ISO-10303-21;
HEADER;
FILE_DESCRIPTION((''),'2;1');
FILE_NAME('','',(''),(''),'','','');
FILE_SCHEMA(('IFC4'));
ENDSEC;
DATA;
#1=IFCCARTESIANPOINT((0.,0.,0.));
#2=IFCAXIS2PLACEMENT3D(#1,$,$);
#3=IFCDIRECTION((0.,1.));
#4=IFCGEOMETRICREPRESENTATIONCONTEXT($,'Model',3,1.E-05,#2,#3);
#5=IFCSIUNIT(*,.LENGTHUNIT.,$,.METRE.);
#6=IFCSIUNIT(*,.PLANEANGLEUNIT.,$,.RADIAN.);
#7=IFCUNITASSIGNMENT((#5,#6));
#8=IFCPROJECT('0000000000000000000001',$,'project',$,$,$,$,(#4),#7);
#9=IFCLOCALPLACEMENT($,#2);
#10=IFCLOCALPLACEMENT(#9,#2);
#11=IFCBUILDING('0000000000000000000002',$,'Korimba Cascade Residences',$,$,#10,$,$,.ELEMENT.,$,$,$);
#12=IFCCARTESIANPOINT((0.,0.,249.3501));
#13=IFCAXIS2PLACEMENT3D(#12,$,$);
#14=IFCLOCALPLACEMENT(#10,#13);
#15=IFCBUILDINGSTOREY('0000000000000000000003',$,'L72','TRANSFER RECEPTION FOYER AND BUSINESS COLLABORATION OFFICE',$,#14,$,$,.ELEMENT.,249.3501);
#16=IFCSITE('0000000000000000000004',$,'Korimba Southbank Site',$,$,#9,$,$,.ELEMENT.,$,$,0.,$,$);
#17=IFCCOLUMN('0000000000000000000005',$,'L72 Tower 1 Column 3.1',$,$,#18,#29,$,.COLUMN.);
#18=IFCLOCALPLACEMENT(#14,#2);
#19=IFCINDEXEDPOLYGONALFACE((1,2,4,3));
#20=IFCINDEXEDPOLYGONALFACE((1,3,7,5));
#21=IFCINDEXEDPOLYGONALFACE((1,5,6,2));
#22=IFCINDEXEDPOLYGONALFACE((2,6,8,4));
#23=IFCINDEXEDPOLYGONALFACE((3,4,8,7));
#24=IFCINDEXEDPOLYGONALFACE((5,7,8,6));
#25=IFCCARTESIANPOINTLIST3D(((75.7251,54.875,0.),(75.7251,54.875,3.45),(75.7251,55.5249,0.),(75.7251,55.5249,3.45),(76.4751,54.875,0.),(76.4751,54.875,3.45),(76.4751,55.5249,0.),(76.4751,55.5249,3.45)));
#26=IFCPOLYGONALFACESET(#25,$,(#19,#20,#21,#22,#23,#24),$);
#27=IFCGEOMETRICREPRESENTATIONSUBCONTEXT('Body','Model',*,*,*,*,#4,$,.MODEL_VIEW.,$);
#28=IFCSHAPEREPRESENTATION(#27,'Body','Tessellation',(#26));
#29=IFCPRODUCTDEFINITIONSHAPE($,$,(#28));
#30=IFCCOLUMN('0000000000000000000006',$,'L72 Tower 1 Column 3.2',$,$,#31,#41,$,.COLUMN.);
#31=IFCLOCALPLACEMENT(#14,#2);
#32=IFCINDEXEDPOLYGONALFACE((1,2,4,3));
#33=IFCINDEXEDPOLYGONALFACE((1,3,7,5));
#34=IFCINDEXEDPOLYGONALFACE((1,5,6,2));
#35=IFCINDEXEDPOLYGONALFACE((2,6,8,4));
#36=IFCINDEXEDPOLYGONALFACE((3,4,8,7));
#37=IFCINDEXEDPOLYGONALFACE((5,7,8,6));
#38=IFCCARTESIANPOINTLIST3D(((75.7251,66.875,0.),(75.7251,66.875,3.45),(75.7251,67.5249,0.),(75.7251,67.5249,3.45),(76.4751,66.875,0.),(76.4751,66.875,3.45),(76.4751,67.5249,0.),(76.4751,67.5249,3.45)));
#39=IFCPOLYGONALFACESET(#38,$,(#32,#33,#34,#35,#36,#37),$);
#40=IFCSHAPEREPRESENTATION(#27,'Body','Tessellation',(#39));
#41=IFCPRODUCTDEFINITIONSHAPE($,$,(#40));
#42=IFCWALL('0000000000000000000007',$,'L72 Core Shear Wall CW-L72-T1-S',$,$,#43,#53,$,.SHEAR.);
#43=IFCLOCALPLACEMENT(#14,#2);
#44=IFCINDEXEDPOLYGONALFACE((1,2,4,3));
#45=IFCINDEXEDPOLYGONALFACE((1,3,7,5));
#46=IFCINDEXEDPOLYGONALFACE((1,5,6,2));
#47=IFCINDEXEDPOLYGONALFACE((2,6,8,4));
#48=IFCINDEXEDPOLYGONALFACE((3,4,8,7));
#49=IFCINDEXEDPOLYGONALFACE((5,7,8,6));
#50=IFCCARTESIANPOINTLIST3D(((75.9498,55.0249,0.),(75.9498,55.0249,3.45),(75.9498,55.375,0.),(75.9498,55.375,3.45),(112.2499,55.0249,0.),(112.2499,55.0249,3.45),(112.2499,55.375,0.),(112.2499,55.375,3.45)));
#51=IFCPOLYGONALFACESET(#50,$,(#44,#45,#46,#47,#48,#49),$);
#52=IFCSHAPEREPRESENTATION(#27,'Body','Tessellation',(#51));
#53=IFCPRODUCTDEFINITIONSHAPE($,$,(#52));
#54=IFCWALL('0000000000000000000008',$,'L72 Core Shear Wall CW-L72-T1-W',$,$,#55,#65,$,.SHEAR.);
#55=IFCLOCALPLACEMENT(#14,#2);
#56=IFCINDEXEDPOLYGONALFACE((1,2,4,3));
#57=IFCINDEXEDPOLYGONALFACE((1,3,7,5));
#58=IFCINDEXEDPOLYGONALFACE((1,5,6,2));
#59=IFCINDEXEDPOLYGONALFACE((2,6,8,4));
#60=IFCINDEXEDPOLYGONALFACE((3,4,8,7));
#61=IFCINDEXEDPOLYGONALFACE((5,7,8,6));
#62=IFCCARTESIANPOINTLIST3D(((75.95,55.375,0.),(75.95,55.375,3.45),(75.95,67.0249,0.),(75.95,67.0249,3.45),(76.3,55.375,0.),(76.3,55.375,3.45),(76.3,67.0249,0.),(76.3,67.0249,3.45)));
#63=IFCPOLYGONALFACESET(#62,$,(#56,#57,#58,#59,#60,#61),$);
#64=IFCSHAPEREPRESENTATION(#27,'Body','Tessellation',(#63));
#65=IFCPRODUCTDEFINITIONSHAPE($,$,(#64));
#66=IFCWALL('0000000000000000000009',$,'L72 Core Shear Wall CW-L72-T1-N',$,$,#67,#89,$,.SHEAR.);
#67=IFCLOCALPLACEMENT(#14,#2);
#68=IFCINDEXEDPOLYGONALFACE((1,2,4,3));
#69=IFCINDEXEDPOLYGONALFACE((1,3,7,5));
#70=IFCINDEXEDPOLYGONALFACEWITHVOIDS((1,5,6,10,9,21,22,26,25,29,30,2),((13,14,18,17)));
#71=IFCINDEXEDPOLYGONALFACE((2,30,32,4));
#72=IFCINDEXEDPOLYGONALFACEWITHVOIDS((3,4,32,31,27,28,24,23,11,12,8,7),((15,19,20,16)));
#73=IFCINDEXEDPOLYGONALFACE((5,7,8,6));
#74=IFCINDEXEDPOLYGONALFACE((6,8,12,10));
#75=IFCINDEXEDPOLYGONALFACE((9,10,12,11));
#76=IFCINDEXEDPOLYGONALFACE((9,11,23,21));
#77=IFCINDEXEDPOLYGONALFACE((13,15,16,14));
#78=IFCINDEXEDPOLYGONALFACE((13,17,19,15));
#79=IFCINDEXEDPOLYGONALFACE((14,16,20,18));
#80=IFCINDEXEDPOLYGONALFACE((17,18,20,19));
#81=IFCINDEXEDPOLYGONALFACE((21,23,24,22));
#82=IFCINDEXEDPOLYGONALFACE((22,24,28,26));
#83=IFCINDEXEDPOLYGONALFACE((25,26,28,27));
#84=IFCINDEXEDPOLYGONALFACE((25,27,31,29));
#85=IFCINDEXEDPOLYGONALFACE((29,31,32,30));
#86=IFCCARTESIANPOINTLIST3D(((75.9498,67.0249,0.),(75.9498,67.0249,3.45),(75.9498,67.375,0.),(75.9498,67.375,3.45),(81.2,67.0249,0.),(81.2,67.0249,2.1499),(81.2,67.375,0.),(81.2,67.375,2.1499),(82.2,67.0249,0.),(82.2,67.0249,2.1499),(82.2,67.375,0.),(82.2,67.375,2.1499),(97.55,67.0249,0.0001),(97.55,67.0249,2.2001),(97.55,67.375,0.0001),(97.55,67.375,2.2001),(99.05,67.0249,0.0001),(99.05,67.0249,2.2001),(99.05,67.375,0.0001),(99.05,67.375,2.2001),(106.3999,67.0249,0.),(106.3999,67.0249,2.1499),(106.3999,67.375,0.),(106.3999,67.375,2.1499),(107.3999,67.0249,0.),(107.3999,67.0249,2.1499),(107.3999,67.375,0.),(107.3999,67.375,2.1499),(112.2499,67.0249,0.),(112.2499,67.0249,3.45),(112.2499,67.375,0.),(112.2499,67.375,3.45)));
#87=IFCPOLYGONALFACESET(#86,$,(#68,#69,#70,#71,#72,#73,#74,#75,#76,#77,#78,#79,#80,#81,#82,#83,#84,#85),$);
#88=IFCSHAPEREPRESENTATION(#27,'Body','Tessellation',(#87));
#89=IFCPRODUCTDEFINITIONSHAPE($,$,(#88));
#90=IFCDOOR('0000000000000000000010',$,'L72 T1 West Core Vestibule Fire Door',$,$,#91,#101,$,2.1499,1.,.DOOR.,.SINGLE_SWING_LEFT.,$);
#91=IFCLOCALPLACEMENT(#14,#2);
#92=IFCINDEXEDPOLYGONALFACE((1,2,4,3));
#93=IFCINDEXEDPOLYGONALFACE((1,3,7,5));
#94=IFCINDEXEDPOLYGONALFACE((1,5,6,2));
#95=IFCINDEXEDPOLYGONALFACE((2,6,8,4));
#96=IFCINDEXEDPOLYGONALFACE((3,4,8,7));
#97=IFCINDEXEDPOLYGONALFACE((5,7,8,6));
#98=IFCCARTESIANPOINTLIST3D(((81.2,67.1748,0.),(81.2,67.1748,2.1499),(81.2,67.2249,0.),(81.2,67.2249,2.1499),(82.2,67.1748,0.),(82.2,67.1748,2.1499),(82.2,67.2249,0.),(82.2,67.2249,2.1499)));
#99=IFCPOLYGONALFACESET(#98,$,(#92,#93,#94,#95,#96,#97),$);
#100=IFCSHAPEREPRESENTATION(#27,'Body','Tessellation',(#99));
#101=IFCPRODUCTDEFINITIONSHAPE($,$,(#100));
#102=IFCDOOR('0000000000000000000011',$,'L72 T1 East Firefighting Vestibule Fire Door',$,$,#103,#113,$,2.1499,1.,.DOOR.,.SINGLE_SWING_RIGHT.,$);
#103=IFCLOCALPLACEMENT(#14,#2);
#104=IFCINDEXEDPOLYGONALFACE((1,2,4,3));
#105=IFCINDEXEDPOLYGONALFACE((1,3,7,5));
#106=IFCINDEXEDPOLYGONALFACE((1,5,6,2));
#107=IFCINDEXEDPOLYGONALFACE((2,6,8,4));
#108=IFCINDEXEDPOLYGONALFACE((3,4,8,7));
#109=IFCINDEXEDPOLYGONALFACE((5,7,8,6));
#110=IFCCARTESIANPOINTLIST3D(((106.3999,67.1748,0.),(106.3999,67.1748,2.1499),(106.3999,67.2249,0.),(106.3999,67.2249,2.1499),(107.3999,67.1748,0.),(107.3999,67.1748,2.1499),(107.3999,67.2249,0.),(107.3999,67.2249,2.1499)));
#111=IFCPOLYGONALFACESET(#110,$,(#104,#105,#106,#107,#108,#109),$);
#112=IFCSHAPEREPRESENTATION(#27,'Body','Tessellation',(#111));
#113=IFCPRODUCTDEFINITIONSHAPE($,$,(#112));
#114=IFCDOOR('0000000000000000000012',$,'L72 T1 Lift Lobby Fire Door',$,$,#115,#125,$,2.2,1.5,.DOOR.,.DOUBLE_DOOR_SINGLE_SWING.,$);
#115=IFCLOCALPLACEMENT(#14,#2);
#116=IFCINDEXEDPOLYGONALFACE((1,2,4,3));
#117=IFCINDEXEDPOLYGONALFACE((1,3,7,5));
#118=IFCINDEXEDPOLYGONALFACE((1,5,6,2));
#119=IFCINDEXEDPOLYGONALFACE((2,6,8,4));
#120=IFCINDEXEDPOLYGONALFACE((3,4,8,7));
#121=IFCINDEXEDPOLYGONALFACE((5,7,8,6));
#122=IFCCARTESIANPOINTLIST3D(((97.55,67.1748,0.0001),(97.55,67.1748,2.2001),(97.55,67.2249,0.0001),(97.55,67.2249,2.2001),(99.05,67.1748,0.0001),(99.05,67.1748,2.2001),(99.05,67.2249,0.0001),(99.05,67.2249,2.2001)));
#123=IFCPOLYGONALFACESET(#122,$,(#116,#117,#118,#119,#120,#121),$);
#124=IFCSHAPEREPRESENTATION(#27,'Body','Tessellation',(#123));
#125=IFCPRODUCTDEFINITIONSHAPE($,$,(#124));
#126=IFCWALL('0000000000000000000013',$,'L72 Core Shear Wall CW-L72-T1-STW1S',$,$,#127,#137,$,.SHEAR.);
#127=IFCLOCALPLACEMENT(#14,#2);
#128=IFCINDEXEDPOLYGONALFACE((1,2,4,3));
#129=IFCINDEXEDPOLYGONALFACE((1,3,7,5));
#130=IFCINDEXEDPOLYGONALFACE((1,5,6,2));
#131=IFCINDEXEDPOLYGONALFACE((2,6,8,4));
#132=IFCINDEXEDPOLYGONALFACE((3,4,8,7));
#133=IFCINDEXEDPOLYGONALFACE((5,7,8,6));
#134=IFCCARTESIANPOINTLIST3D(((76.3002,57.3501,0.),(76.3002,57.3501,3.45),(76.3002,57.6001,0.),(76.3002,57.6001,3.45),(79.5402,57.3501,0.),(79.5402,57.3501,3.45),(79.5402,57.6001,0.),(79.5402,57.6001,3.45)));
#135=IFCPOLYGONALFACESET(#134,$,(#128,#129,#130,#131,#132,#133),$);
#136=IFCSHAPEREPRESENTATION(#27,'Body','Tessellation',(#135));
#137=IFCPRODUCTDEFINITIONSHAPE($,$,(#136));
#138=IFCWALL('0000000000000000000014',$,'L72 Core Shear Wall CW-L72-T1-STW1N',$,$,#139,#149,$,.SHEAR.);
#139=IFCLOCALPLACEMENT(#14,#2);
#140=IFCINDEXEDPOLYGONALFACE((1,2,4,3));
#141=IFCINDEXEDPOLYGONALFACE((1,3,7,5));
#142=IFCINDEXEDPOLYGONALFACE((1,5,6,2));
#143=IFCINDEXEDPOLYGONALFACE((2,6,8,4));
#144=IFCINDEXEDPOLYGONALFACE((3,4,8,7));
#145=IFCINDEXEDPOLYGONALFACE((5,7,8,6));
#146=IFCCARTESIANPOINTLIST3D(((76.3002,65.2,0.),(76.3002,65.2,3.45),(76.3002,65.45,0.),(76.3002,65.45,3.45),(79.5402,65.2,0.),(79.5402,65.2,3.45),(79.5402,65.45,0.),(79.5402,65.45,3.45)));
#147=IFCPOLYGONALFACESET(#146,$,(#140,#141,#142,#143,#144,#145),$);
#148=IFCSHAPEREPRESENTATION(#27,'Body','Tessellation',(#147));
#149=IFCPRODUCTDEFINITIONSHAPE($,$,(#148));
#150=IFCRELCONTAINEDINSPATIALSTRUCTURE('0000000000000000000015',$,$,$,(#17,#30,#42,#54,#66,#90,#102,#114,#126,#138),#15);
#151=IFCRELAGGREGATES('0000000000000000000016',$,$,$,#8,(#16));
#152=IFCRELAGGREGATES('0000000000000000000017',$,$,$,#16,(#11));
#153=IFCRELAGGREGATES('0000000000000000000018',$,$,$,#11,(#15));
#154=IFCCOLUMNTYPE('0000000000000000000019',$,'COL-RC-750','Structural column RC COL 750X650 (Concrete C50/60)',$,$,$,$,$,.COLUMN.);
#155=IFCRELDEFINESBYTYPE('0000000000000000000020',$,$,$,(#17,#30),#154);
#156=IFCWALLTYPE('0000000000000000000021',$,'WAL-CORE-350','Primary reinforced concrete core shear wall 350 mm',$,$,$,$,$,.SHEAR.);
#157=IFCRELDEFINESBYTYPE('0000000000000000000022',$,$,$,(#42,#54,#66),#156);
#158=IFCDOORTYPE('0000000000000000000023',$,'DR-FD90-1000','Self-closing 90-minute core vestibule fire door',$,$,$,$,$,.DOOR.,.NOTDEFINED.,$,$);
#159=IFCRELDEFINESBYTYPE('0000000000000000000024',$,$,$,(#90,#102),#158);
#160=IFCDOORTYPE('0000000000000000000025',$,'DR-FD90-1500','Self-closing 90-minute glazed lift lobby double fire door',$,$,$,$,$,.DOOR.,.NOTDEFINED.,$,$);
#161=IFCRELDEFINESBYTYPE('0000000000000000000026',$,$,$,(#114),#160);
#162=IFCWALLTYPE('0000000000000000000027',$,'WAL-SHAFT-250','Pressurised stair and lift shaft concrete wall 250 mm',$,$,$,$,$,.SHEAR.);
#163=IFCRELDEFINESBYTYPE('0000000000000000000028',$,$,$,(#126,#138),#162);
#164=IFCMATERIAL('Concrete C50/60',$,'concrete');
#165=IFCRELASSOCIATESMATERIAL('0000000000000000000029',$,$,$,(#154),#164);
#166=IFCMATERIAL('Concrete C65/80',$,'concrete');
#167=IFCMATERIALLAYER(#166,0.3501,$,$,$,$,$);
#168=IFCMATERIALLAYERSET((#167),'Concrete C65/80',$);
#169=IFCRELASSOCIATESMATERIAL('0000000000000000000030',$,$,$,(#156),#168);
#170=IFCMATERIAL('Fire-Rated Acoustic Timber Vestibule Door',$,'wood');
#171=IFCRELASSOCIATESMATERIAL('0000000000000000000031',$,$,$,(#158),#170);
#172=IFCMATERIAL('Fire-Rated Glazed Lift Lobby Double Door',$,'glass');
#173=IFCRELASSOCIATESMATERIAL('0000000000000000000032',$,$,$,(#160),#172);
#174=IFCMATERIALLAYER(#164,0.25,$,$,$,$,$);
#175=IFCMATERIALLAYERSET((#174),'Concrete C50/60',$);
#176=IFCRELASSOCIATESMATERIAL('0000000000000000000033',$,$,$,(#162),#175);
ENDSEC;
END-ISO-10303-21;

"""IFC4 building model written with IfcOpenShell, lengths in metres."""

from ifc_helpers import new_model, si_unit, direction, frame, frame_2d, origin, origin_2d, place, context, subcontext, project, spatial, rectangle, extrude, material, layer, layer_set, material_profile, profile_set, type_object, element, fill, save


model = new_model("IFC4")

# Units and contexts
model_context = context("Model", 3, precision=1e-05, world=origin(), true_north=direction((0.0, 1.0)))
body_context = subcontext(model_context, "Body", "Model", "MODEL_VIEW")
ifc_project = project(units=[si_unit("LENGTHUNIT", "METRE"), si_unit("PLANEANGLEUNIT", "RADIAN")], contexts=[model_context])

# Site, building, storey
site_placement = place(None, origin())
site = spatial("IfcSite", under=ifc_project, at=site_placement, Name="Korimba Southbank Site", CompositionType="ELEMENT", RefElevation=0.0)
building_placement = place(site_placement, origin())
building = spatial("IfcBuilding", under=site, at=building_placement, Name="Korimba Cascade Residences", CompositionType="ELEMENT")
storey_placement = place(building_placement, frame((0.0, 0.0, 249.3501)))
storey = spatial("IfcBuildingStorey", under=building, at=storey_placement, Name="L72", Description="TRANSFER RECEPTION FOYER AND BUSINESS COLLABORATION OFFICE", CompositionType="ELEMENT", Elevation=249.3501)

# Columns
ifc_material_1 = material(Name="Concrete C50/60", Category="concrete")
ifc_material_profile = material_profile(ifc_material_1, rectangle(XDim=0.75, YDim=0.6499, at=origin_2d()), Name="Concrete C50/60")
ifc_profile_set = profile_set([ifc_material_profile], Name="Concrete C50/60")
column_type = type_object("IfcColumnType", Name="COL-RC-750", Description="Structural column RC COL 750X650 (Concrete C50/60)", PredefinedType="COLUMN", material=ifc_profile_set)
for number, where, z_axis, x_axis, name in (
    (1, (76.1001, 55.2, 0.0), (0.0, 0.0, 1.0), (1.0, 0.0, 0.0), "L72 Tower 1 Column 3.1"),
    (2, (76.1001, 67.2, 0.0), (0.0, 0.0, 1.0), (1.0, 0.0, 0.0), "L72 Tower 1 Column 3.2"),
):
    element("IfcColumn", number, at=place(storey_placement, frame(where, z_axis=z_axis, x_axis=x_axis)), inside=storey, type_object=column_type, Name=name, PredefinedType="COLUMN", context=body_context, shape_type="SweptSolid", body=[
        extrude(rectangle(XDim=0.75, YDim=0.6499, at=origin_2d()), origin(), (0.0, 0.0, 1.0), 3.45),
    ])

# Walls
ifc_material_2 = material(Name="Concrete C65/80", Category="concrete")
ifc_layer_1 = layer(ifc_material_2, 0.3501)
ifc_layer_set_1 = layer_set([ifc_layer_1], Name="Concrete C65/80")
wall_type_1 = type_object("IfcWallType", Name="WAL-CORE-350", Description="Primary reinforced concrete core shear wall 350 mm", PredefinedType="SHEAR", material=ifc_layer_set_1)
wall_1_placement = place(storey_placement, frame((75.95, 55.2, 0.0), z_axis=(0.0, 0.0, 1.0), x_axis=(1.0, 0.0, 0.0)))
element("IfcWall", 3, at=wall_1_placement, inside=storey, type_object=wall_type_1, Name="L72 Core Shear Wall CW-L72-T1-S", PredefinedType="SHEAR", context=body_context, shape_type="SweptSolid", body=[
    extrude(rectangle(XDim=36.3, YDim=0.3501, at=frame_2d((18.1499, 0.0))), origin(), (0.0, 0.0, 1.0), 3.45),
])
wall_2_placement = place(storey_placement, frame((76.125, 55.375, 0.0), z_axis=(0.0, 0.0, 1.0), x_axis=(0.0, 1.0, 0.0)))
element("IfcWall", 4, at=wall_2_placement, inside=storey, type_object=wall_type_1, Name="L72 Core Shear Wall CW-L72-T1-W", PredefinedType="SHEAR", context=body_context, shape_type="SweptSolid", body=[
    extrude(rectangle(XDim=11.6499, YDim=0.3501, at=frame_2d((5.825, 0.0))), origin(), (0.0, 0.0, 1.0), 3.45),
])

# Wall, openings, doors
wall_3_placement = place(storey_placement, frame((75.95, 67.2, 0.0), z_axis=(0.0, 0.0, 1.0), x_axis=(1.0, 0.0, 0.0)))
wall_3 = element("IfcWall", 5, at=wall_3_placement, inside=storey, type_object=wall_type_1, Name="L72 Core Shear Wall CW-L72-T1-N", PredefinedType="SHEAR", context=body_context, shape_type="SweptSolid", body=[
    extrude(rectangle(XDim=36.3, YDim=0.3501, at=frame_2d((18.1499, 0.0))), origin(), (0.0, 0.0, 1.0), 3.45),
])
opening_1_placement = place(wall_3_placement, frame((5.25, 0.0, 0.0)))
opening_1 = element("IfcOpeningElement", 6, at=opening_1_placement, cuts=wall_3, PredefinedType="OPENING", context=body_context, shape_type="SweptSolid", body=[
    extrude(rectangle(XDim=1.0, YDim=2.1499, at=frame_2d((0.5, 1.075))), frame((0.0, 0.1851, 0.0), z_axis=(0.0, -1.0, 0.0), x_axis=(1.0, 0.0, 0.0)), (0.0, 0.0, 1.0), 0.3701),
])
opening_2_placement = place(wall_3_placement, frame((21.6001, 0.0, 0.0)))
opening_2 = element("IfcOpeningElement", 7, at=opening_2_placement, cuts=wall_3, PredefinedType="OPENING", context=body_context, shape_type="SweptSolid", body=[
    extrude(rectangle(XDim=1.5, YDim=2.2, at=frame_2d((0.75, 1.1001))), frame((0.0, 0.1851, 0.0), z_axis=(0.0, -1.0, 0.0), x_axis=(1.0, 0.0, 0.0)), (0.0, 0.0, 1.0), 0.3701),
])
opening_3_placement = place(wall_3_placement, frame((30.45, 0.0, 0.0)))
opening_3 = element("IfcOpeningElement", 8, at=opening_3_placement, cuts=wall_3, PredefinedType="OPENING", context=body_context, shape_type="SweptSolid", body=[
    extrude(rectangle(XDim=1.0, YDim=2.1499, at=frame_2d((0.5, 1.075))), frame((0.0, 0.1851, 0.0), z_axis=(0.0, -1.0, 0.0), x_axis=(1.0, 0.0, 0.0)), (0.0, 0.0, 1.0), 0.3701),
])
ifc_material_3 = material(Name="Fire-Rated Acoustic Timber Vestibule Door", Category="wood")
door_type_1 = type_object("IfcDoorType", Name="DR-FD90-1000", Description="Self-closing 90-minute core vestibule fire door", OperationType="NOTDEFINED", PredefinedType="DOOR", material=ifc_material_3)
door_1_placement = place(opening_1_placement, origin())
door_1 = element("IfcDoor", 9, at=door_1_placement, inside=storey, type_object=door_type_1, Name="L72 T1 West Core Vestibule Fire Door", OperationType="SINGLE_SWING_LEFT", OverallHeight=2.1499, OverallWidth=1.0, PredefinedType="DOOR", context=body_context, shape_type="SweptSolid", body=[
    extrude(rectangle(XDim=1.0, YDim=2.1499, at=frame_2d((0.5, 1.075))), frame((0.0, 0.0249, 0.0), z_axis=(0.0, -1.0, 0.0), x_axis=(1.0, 0.0, 0.0)), (0.0, 0.0, 1.0), 0.05),
])
fill(opening_1, door_1)
door_2_placement = place(opening_3_placement, origin())
door_2 = element("IfcDoor", 10, at=door_2_placement, inside=storey, type_object=door_type_1, Name="L72 T1 East Firefighting Vestibule Fire Door", OperationType="SINGLE_SWING_RIGHT", OverallHeight=2.1499, OverallWidth=1.0, PredefinedType="DOOR", context=body_context, shape_type="SweptSolid", body=[
    extrude(rectangle(XDim=1.0, YDim=2.1499, at=frame_2d((0.5, 1.075))), frame((0.0, 0.0249, 0.0), z_axis=(0.0, -1.0, 0.0), x_axis=(1.0, 0.0, 0.0)), (0.0, 0.0, 1.0), 0.05),
])
fill(opening_3, door_2)
ifc_material_4 = material(Name="Fire-Rated Glazed Lift Lobby Double Door", Category="glass")
door_type_2 = type_object("IfcDoorType", Name="DR-FD90-1500", Description="Self-closing 90-minute glazed lift lobby double fire door", OperationType="NOTDEFINED", PredefinedType="DOOR", material=ifc_material_4)
door_3_placement = place(opening_2_placement, origin())
door_3 = element("IfcDoor", 11, at=door_3_placement, inside=storey, type_object=door_type_2, Name="L72 T1 Lift Lobby Fire Door", OperationType="DOUBLE_DOOR_SINGLE_SWING", OverallHeight=2.2, OverallWidth=1.5, PredefinedType="DOOR", context=body_context, shape_type="SweptSolid", body=[
    extrude(rectangle(XDim=1.5, YDim=2.2, at=frame_2d((0.75, 1.1001))), frame((0.0, 0.0249, 0.0), z_axis=(0.0, -1.0, 0.0), x_axis=(1.0, 0.0, 0.0)), (0.0, 0.0, 1.0), 0.05),
])
fill(opening_2, door_3)

# Walls
ifc_layer_2 = layer(ifc_material_1, 0.25)
ifc_layer_set_2 = layer_set([ifc_layer_2], Name="Concrete C50/60")
wall_type_2 = type_object("IfcWallType", Name="WAL-SHAFT-250", Description="Pressurised stair and lift shaft concrete wall 250 mm", PredefinedType="SHEAR", material=ifc_layer_set_2)
for number, where, z_axis, x_axis, name in (
    (12, (76.3, 57.4751, 0.0), (0.0, 0.0, 1.0), (1.0, 0.0, 0.0), "L72 Core Shear Wall CW-L72-T1-STW1S"),
    (13, (76.3, 65.325, 0.0), (0.0, 0.0, 1.0), (1.0, 0.0, 0.0), "L72 Core Shear Wall CW-L72-T1-STW1N"),
):
    element("IfcWall", number, at=place(storey_placement, frame(where, z_axis=z_axis, x_axis=x_axis)), inside=storey, type_object=wall_type_2, Name=name, PredefinedType="SHEAR", context=body_context, shape_type="SweptSolid", body=[
        extrude(rectangle(XDim=3.24, YDim=0.25, at=frame_2d((1.6201, 0.0))), origin(), (0.0, 0.0, 1.0), 3.45),
    ])

save(model, "model.ifc")
